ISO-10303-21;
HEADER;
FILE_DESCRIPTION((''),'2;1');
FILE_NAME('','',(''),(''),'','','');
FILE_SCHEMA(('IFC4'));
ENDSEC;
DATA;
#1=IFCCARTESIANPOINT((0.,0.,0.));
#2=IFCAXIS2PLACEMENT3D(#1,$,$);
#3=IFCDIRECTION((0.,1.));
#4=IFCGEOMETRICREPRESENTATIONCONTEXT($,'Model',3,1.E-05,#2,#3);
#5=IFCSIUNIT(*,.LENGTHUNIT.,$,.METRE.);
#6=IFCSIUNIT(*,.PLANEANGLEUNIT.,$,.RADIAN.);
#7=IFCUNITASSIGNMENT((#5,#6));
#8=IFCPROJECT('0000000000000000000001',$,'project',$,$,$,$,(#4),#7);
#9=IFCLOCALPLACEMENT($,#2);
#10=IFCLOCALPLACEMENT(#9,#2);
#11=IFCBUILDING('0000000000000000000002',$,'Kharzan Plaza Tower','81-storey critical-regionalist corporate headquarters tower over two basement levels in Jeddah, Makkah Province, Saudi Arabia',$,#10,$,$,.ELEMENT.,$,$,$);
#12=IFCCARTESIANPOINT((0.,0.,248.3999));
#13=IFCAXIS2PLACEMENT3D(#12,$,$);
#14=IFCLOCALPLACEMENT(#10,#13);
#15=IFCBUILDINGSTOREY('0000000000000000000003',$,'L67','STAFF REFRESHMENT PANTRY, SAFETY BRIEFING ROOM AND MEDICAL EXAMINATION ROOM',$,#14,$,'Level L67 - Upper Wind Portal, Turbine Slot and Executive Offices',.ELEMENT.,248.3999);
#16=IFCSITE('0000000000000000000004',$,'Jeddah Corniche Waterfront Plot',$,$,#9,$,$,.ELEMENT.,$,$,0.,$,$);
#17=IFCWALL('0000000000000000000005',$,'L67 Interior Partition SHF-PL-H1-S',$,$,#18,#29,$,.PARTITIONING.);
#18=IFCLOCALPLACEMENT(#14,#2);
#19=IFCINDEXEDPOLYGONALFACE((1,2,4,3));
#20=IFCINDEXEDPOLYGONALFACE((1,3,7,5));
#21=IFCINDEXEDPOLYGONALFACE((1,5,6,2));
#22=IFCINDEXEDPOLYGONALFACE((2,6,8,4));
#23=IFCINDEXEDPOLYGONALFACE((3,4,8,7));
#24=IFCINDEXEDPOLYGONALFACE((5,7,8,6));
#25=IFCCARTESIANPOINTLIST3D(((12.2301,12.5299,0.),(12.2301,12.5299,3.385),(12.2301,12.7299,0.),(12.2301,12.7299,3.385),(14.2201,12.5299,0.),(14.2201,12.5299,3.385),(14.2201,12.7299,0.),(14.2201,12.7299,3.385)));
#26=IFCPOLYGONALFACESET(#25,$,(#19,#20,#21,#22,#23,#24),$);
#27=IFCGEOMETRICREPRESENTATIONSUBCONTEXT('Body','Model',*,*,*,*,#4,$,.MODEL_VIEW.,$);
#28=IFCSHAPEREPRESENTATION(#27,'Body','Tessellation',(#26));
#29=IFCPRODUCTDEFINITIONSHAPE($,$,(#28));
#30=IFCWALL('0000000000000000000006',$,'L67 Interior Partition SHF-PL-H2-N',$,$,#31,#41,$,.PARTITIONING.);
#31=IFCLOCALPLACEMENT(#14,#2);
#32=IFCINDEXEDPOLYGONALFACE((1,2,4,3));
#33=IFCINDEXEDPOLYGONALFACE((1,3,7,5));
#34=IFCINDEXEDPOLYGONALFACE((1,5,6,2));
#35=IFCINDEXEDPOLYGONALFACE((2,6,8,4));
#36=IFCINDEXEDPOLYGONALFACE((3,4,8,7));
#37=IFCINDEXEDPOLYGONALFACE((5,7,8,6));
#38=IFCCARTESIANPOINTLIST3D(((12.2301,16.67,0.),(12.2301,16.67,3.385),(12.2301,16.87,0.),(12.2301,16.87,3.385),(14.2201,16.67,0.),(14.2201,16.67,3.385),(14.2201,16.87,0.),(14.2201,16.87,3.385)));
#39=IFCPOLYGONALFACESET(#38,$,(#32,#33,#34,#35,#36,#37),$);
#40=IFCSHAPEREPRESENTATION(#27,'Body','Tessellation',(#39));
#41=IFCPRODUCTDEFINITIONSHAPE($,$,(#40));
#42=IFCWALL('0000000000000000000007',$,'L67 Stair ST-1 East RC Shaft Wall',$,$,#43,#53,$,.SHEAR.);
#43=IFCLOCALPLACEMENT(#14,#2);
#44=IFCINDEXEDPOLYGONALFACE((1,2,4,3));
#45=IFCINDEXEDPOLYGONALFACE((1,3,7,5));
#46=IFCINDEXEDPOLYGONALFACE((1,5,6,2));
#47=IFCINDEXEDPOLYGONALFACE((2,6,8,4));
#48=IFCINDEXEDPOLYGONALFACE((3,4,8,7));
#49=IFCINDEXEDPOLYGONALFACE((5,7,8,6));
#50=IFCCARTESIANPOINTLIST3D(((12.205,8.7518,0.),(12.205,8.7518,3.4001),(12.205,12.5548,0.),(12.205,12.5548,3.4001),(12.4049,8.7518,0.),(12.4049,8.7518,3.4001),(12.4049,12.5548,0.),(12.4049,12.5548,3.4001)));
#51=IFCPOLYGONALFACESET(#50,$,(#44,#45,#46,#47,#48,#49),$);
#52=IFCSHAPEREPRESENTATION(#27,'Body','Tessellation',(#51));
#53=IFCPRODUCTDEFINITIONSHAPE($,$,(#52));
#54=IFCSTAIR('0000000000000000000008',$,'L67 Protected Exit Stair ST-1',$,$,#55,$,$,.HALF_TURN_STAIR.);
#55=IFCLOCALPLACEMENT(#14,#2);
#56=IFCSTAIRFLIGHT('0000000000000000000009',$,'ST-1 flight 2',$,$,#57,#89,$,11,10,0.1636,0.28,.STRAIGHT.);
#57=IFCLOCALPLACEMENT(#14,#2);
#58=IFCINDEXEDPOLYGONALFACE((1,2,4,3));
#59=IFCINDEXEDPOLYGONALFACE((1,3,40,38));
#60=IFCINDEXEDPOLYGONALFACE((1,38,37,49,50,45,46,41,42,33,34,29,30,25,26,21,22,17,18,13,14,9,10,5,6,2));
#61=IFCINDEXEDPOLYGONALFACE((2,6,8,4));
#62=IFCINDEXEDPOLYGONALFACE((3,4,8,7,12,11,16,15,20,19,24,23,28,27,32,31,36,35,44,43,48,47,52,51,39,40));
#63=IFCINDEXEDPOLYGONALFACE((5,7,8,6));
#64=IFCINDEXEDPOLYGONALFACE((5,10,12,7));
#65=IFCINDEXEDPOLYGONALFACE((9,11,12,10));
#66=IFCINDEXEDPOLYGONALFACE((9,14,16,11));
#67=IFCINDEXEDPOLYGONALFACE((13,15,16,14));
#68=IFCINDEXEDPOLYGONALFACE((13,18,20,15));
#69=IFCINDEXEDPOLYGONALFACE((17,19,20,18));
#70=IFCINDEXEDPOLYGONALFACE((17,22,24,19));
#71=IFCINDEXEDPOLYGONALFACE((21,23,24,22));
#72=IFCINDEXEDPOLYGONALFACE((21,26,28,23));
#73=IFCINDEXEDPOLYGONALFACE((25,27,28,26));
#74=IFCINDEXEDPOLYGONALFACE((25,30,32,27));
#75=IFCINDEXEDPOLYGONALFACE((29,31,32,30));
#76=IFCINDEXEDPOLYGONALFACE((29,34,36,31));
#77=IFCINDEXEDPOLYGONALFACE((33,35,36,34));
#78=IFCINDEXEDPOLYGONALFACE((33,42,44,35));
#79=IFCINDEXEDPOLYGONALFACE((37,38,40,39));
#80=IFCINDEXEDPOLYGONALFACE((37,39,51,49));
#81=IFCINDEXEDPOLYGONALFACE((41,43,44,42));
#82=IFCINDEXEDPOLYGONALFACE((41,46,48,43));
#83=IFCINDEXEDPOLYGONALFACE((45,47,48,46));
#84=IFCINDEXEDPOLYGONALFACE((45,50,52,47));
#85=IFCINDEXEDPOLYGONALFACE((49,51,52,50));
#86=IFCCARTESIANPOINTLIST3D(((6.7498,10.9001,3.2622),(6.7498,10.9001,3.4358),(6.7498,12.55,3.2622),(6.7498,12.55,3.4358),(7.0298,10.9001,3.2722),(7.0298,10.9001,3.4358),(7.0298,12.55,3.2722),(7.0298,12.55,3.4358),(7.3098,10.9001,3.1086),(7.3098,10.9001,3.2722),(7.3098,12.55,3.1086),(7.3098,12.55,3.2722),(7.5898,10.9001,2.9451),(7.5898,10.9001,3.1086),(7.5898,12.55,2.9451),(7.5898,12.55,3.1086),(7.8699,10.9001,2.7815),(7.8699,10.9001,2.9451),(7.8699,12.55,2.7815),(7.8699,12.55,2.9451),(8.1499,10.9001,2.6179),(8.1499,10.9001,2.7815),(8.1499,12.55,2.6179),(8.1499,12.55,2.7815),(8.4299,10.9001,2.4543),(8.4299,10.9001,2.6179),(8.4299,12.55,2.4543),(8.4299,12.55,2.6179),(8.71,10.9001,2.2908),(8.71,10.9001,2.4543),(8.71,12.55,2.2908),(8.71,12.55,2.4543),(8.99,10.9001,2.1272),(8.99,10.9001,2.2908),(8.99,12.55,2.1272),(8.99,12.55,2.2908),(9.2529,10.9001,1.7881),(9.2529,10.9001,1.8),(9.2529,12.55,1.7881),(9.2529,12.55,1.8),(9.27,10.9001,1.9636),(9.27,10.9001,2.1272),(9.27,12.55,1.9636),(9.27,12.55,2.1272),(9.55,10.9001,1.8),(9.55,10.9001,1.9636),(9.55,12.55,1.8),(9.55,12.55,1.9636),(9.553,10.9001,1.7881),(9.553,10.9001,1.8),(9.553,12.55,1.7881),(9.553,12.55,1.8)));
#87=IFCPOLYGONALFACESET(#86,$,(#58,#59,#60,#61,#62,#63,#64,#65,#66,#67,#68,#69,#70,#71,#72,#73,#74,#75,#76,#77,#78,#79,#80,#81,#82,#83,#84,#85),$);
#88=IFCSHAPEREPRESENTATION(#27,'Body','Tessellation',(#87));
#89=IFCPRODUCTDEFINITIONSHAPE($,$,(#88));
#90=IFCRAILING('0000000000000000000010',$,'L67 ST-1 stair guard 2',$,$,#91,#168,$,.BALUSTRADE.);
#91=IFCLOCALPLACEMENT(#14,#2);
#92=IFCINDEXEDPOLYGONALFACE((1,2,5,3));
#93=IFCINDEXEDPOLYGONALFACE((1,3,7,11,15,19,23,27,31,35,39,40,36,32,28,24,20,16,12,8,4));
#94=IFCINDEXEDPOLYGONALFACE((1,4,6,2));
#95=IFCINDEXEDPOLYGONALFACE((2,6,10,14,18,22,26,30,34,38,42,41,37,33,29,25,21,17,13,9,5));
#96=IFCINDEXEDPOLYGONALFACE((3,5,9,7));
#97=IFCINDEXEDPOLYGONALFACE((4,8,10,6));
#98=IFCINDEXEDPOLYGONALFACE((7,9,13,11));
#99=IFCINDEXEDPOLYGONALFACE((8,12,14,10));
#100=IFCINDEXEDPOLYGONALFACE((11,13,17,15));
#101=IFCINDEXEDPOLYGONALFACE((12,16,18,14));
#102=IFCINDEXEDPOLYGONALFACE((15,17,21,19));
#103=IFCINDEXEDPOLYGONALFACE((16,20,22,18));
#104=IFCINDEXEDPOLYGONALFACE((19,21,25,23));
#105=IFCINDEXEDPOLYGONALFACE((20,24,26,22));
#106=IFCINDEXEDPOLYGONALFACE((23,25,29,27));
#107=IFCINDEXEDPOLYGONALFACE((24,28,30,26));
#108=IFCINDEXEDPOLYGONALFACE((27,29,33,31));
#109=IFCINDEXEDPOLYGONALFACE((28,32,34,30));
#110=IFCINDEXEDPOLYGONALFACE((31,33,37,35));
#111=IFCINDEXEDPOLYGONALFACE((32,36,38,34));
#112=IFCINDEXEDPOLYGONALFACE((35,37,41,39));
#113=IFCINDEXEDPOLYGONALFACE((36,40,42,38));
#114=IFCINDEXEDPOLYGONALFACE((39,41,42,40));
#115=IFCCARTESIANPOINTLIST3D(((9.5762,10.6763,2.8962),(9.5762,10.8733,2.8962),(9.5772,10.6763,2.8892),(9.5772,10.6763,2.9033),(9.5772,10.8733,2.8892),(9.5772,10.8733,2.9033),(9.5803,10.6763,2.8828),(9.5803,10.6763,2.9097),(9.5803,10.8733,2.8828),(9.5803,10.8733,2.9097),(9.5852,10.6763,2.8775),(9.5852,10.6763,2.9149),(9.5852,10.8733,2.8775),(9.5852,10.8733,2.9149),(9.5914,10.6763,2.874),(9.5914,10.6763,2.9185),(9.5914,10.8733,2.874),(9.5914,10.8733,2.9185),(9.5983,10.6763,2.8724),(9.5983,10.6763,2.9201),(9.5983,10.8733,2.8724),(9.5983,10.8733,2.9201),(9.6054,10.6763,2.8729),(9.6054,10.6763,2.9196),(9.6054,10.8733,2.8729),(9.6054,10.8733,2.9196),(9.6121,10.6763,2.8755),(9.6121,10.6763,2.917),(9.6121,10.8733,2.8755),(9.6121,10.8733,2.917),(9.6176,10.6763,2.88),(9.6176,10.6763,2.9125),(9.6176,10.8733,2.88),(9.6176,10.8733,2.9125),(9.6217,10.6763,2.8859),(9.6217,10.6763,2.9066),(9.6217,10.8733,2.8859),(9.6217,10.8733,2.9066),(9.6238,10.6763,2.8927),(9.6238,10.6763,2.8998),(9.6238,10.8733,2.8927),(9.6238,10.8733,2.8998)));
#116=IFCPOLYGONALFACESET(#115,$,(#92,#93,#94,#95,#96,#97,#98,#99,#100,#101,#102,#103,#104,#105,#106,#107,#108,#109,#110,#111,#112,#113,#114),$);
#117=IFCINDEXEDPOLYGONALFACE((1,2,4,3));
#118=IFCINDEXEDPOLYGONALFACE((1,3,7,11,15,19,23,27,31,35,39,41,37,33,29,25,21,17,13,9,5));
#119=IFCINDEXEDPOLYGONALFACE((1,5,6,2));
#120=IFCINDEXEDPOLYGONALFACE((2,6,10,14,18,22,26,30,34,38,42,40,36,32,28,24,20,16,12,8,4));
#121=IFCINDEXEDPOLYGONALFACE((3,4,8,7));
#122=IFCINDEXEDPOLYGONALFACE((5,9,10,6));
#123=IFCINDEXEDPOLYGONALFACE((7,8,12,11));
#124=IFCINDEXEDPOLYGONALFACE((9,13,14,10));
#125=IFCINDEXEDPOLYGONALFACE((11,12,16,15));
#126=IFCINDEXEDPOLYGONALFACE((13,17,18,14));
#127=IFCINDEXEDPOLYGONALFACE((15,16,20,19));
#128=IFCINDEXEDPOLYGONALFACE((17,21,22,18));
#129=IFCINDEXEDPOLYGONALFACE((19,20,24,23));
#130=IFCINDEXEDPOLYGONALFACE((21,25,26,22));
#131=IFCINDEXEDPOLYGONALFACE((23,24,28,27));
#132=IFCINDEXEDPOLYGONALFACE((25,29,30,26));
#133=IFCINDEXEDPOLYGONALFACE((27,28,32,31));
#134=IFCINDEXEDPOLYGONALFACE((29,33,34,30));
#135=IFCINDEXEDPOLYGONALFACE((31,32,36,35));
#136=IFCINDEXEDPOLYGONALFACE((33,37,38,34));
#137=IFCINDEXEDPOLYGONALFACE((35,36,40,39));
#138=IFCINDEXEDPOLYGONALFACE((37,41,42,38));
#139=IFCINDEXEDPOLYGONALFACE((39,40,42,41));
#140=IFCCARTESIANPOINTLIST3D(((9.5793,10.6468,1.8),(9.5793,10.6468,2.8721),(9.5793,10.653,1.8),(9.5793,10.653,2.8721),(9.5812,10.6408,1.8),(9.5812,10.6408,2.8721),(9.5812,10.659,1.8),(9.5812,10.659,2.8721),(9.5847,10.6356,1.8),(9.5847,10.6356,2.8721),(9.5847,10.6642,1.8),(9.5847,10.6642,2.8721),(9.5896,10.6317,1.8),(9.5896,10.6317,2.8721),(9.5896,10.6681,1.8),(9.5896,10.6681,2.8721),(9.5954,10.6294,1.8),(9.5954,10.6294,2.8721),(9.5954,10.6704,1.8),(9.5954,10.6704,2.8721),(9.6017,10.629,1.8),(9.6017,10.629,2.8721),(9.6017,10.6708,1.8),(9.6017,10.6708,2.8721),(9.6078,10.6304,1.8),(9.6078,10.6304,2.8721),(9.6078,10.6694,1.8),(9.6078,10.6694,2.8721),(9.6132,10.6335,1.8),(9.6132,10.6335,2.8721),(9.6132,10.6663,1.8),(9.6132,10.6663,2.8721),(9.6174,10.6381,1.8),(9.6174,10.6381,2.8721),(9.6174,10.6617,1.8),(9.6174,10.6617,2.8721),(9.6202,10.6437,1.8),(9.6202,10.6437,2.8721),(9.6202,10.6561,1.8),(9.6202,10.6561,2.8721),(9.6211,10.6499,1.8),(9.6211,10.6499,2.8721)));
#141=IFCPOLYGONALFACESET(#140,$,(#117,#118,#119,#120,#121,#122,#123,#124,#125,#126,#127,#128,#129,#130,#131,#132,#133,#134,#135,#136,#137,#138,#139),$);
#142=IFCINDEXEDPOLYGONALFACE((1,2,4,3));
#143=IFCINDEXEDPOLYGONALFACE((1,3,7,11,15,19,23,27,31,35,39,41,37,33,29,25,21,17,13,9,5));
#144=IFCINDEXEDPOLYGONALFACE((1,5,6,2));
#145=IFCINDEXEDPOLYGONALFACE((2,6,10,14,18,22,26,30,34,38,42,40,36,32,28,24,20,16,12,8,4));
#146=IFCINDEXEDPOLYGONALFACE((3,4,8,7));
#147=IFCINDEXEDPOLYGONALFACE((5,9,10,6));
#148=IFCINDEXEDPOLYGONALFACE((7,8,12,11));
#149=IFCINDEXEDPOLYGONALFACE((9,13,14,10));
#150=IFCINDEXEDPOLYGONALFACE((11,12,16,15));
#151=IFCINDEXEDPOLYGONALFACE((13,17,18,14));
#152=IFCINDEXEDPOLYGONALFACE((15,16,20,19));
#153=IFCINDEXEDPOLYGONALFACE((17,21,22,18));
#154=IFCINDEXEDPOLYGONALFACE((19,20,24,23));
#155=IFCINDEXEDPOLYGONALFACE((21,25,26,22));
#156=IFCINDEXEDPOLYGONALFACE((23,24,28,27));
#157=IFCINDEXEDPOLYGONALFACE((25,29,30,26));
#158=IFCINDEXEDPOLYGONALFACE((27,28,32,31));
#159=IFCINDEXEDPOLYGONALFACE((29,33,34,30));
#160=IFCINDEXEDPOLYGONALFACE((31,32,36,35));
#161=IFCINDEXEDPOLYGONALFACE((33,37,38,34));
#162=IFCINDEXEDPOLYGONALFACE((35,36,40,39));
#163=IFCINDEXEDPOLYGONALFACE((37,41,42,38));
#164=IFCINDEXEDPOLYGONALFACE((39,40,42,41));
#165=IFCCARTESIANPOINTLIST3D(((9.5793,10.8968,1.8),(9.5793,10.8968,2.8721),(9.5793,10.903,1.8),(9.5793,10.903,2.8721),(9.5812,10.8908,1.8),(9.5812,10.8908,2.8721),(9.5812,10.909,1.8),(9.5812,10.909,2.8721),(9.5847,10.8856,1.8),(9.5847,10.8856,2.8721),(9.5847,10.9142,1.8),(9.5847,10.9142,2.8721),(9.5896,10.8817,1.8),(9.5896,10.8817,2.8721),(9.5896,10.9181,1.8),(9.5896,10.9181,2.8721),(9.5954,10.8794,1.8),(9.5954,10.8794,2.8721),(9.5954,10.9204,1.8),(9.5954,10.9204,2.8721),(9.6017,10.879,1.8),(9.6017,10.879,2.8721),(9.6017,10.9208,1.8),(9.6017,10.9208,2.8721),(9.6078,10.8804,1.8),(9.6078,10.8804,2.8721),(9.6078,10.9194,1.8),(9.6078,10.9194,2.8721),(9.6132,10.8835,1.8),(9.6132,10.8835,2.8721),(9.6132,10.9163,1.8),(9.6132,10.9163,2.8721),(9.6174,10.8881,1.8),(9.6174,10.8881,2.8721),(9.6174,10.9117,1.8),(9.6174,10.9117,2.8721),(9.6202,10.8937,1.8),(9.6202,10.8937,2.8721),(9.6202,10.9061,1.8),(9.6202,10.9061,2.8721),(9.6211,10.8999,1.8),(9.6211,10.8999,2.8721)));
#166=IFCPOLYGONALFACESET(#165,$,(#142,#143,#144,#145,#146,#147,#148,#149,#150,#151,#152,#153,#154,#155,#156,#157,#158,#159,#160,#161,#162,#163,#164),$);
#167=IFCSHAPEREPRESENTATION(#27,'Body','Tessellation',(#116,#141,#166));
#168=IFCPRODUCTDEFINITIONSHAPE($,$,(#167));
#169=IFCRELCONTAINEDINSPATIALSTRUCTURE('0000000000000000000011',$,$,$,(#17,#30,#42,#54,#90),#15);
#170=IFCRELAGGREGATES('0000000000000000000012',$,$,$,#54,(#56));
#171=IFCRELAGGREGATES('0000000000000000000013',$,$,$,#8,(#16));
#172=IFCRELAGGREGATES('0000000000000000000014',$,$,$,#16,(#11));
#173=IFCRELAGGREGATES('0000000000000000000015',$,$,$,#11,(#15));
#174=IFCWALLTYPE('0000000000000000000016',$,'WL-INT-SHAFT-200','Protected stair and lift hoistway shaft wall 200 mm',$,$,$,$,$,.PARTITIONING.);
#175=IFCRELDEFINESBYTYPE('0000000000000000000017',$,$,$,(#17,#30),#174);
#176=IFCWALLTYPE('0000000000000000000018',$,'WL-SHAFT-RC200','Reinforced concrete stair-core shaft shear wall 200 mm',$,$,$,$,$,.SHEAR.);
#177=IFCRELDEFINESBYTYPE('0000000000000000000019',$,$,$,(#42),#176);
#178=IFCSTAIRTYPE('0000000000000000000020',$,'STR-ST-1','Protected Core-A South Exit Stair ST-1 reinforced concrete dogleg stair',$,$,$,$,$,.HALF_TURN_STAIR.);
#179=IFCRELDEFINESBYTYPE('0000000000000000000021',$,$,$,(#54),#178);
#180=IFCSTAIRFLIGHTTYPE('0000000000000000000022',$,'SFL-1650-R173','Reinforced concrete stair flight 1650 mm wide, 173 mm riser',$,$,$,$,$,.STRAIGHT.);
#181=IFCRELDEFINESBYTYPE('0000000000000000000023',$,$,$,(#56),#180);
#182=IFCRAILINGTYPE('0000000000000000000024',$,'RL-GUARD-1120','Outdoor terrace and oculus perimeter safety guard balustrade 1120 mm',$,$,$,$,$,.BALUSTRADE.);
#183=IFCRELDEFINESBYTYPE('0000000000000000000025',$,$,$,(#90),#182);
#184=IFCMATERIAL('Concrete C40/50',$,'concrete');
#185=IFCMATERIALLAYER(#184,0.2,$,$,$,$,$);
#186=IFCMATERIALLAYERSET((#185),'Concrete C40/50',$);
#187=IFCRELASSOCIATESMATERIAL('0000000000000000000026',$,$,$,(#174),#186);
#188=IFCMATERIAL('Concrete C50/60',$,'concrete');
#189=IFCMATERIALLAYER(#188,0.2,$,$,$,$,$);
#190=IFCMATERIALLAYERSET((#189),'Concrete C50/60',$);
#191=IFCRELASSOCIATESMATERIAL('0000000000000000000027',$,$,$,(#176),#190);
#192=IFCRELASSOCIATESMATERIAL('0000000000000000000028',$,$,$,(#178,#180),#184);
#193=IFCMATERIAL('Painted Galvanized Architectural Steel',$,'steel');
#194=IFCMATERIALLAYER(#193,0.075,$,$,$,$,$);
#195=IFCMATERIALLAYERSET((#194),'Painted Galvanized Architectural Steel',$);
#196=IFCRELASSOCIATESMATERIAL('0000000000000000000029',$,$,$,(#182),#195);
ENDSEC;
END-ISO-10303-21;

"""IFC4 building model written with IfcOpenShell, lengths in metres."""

from ifc_helpers import new_model, si_unit, direction, frame, frame_2d, origin, origin_2d, place, context, subcontext, project, spatial, polyline, rectangle, circle, outline, extrude, source, transform, mapped, material, layer, layer_set, type_object, element, aggregate, save


model = new_model("IFC4")

# Units and contexts
model_context = context("Model", 3, precision=1e-05, world=origin(), true_north=direction((0.0, 1.0)))
body_context = subcontext(model_context, "Body", "Model", "MODEL_VIEW")
ifc_project = project(units=[si_unit("LENGTHUNIT", "METRE"), si_unit("PLANEANGLEUNIT", "RADIAN")], contexts=[model_context])

# Site, building, storey
site_placement = place(None, origin())
site = spatial("IfcSite", under=ifc_project, at=site_placement, Name="Jeddah Corniche Waterfront Plot", CompositionType="ELEMENT", RefElevation=0.0)
building_placement = place(site_placement, origin())
building = spatial("IfcBuilding", under=site, at=building_placement, Name="Kharzan Plaza Tower", Description="81-storey critical-regionalist corporate headquarters tower over two basement levels in Jeddah, Makkah Province, Saudi Arabia", CompositionType="ELEMENT")
storey_placement = place(building_placement, frame((0.0, 0.0, 248.3999)))
storey = spatial("IfcBuildingStorey", under=building, at=storey_placement, Name="L67", Description="STAFF REFRESHMENT PANTRY, SAFETY BRIEFING ROOM AND MEDICAL EXAMINATION ROOM", LongName="Level L67 - Upper Wind Portal, Turbine Slot and Executive Offices", CompositionType="ELEMENT", Elevation=248.3999)

# Shared definitions
ifc_material_1 = material(Name="Concrete C40/50", Category="concrete")
ifc_layer_1 = layer(ifc_material_1, 0.2)
ifc_layer_set_1 = layer_set([ifc_layer_1], Name="Concrete C40/50")
wall_type_1 = type_object("IfcWallType", Name="WL-INT-SHAFT-200", Description="Protected stair and lift hoistway shaft wall 200 mm", PredefinedType="PARTITIONING", material=ifc_layer_set_1)

# Walls
shared_shape_1 = source(origin(), body_context, "Body", "SweptSolid", [
    extrude(rectangle(XDim=1.99, YDim=0.2, at=frame_2d((0.9951, 0.0))), origin(), (0.0, 0.0, 1.0), 3.385),
])
for number, where, z_axis, x_axis, name in (
    (1, (12.23, 12.6299, 0.0), (0.0, 0.0, 1.0), (1.0, 0.0, 0.0), "L67 Interior Partition SHF-PL-H1-S"),
    (2, (12.23, 16.77, 0.0), (0.0, 0.0, 1.0), (1.0, 0.0, 0.0), "L67 Interior Partition SHF-PL-H2-N"),
):
    element("IfcWall", number, at=place(storey_placement, frame(where, z_axis=z_axis, x_axis=x_axis)), inside=storey, type_object=wall_type_1, Name=name, PredefinedType="PARTITIONING", context=body_context, shape_type="MappedRepresentation", body=[
        mapped(shared_shape_1, transform((0.0, 0.0, 0.0), x_axis=(1.0, 0.0, 0.0), y_axis=(0.0, 1.0, 0.0), z_axis=(0.0, 0.0, 1.0))),
    ])
ifc_material_2 = material(Name="Concrete C50/60", Category="concrete")
ifc_layer_2 = layer(ifc_material_2, 0.2)
ifc_layer_set_2 = layer_set([ifc_layer_2], Name="Concrete C50/60")
wall_type_2 = type_object("IfcWallType", Name="WL-SHAFT-RC200", Description="Reinforced concrete stair-core shaft shear wall 200 mm", PredefinedType="SHEAR", material=ifc_layer_set_2)
shared_shape_2 = source(origin(), body_context, "Body", "SweptSolid", [
    extrude(rectangle(XDim=3.803, YDim=0.2, at=frame_2d((1.9014, 0.0))), origin(), (0.0, 0.0, 1.0), 3.4001),
])
wall_1_placement = place(storey_placement, frame((12.3049, 8.752, 0.0), z_axis=(0.0, 0.0, 1.0), x_axis=(0.0, 1.0, 0.0)))
element("IfcWall", 3, at=wall_1_placement, inside=storey, type_object=wall_type_2, Name="L67 Stair ST-1 East RC Shaft Wall", PredefinedType="SHEAR", context=body_context, shape_type="MappedRepresentation", body=[
    mapped(shared_shape_2, transform((0.0, 0.0, 0.0), x_axis=(1.0, 0.0, 0.0), y_axis=(0.0, 1.0, 0.0), z_axis=(0.0, 0.0, 1.0))),
])

# Stair, stair flight
stair_type = type_object("IfcStairType", Name="STR-ST-1", Description="Protected Core-A South Exit Stair ST-1 reinforced concrete dogleg stair", PredefinedType="HALF_TURN_STAIR", material=ifc_material_1)
stair_placement = place(storey_placement, origin())
stair = element("IfcStair", 4, at=stair_placement, inside=storey, type_object=stair_type, Name="L67 Protected Exit Stair ST-1", PredefinedType="HALF_TURN_STAIR")
stair_flight_type = type_object("IfcStairFlightType", Name="SFL-1650-R173", Description="Reinforced concrete stair flight 1650 mm wide, 173 mm riser", PredefinedType="STRAIGHT", material=ifc_material_1)
shared_shape_3 = source(origin(), body_context, "Body", "SweptSolid", [
    extrude(outline(polyline([(-0.0029, -0.012), (-0.0029, 0.0), (0.0, 0.0), (0.0, 0.1636), (0.28, 0.1636), (0.28, 0.3271), (0.5601, 0.3271), (0.5601, 0.4907), (0.8401, 0.4907), (0.8401, 0.6543), (1.1201, 0.6543), (1.1201, 0.8179), (1.4001, 0.8179), (1.4001, 0.9814), (1.6802, 0.9814), (1.6802, 1.145), (1.9602, 1.145), (1.9602, 1.3086), (2.2402, 1.3086), (2.2402, 1.4722), (2.5203, 1.4722), (2.5203, 1.6357), (2.8003, 1.6357), (2.8003, 1.7993), (2.8003, 1.4622), (0.2971, 0.0), (0.2971, -0.012), (-0.0029, -0.012)])), frame((0.0, 0.825, 0.0), z_axis=(0.0, -1.0, 0.0), x_axis=(1.0, 0.0, 0.0)), (0.0, 0.0, 1.0), 1.6499),
])
stair_flight_placement = place(storey_placement, frame((9.55, 11.7251, 1.8), z_axis=(0.0, 0.0, 1.0), x_axis=(-1.0, 0.0, 0.0)))
stair_flight = element("IfcStairFlight", 5, at=stair_flight_placement, type_object=stair_flight_type, Name="ST-1 flight 2", NumberOfRisers=11, NumberOfTreads=10, PredefinedType="STRAIGHT", RiserHeight=0.1636, TreadLength=0.28, context=body_context, shape_type="MappedRepresentation", body=[
    mapped(shared_shape_3, transform((0.0, 0.0, 0.0), x_axis=(1.0, 0.0, 0.0), y_axis=(0.0, 1.0, 0.0), z_axis=(0.0, 0.0, 1.0))),
])
aggregate(stair, [stair_flight])

# Railing
ifc_material_3 = material(Name="Painted Galvanized Architectural Steel", Category="steel")
ifc_layer_3 = layer(ifc_material_3, 0.075)
ifc_layer_set_3 = layer_set([ifc_layer_3], Name="Painted Galvanized Architectural Steel")
railing_type_1 = type_object("IfcRailingType", Name="RL-GUARD-1120", Description="Outdoor terrace and oculus perimeter safety guard balustrade 1120 mm", PredefinedType="BALUSTRADE", material=ifc_layer_set_3)
shared_shape_4 = source(origin(), body_context, "Body", "SweptSolid", [
    extrude(circle(Radius=0.0239, at=origin_2d()), frame((0.0, 0.0264, 1.0962), z_axis=(0.0, 1.0, 0.0), x_axis=(-1.0, 0.0, 0.0)), (0.0, 0.0, 1.0), 0.197),
    extrude(circle(Radius=0.021, at=origin_2d()), origin(), (0.0, 0.0, 1.0), 1.072),
    extrude(circle(Radius=0.021, at=origin_2d()), frame((0.0, 0.25, 0.0)), (0.0, 0.0, 1.0), 1.072),
])
railing_1_placement = place(storey_placement, frame((9.6001, 10.6499, 1.8)))
element("IfcRailing", 6, at=railing_1_placement, inside=storey, type_object=railing_type_1, Name="L67 ST-1 stair guard 2", PredefinedType="BALUSTRADE", context=body_context, shape_type="MappedRepresentation", body=[
    mapped(shared_shape_4, transform((0.0, 0.0, 0.0), x_axis=(1.0, 0.0, 0.0), y_axis=(0.0, 1.0, 0.0), z_axis=(0.0, 0.0, 1.0))),
])

save(model, "model.ifc")
